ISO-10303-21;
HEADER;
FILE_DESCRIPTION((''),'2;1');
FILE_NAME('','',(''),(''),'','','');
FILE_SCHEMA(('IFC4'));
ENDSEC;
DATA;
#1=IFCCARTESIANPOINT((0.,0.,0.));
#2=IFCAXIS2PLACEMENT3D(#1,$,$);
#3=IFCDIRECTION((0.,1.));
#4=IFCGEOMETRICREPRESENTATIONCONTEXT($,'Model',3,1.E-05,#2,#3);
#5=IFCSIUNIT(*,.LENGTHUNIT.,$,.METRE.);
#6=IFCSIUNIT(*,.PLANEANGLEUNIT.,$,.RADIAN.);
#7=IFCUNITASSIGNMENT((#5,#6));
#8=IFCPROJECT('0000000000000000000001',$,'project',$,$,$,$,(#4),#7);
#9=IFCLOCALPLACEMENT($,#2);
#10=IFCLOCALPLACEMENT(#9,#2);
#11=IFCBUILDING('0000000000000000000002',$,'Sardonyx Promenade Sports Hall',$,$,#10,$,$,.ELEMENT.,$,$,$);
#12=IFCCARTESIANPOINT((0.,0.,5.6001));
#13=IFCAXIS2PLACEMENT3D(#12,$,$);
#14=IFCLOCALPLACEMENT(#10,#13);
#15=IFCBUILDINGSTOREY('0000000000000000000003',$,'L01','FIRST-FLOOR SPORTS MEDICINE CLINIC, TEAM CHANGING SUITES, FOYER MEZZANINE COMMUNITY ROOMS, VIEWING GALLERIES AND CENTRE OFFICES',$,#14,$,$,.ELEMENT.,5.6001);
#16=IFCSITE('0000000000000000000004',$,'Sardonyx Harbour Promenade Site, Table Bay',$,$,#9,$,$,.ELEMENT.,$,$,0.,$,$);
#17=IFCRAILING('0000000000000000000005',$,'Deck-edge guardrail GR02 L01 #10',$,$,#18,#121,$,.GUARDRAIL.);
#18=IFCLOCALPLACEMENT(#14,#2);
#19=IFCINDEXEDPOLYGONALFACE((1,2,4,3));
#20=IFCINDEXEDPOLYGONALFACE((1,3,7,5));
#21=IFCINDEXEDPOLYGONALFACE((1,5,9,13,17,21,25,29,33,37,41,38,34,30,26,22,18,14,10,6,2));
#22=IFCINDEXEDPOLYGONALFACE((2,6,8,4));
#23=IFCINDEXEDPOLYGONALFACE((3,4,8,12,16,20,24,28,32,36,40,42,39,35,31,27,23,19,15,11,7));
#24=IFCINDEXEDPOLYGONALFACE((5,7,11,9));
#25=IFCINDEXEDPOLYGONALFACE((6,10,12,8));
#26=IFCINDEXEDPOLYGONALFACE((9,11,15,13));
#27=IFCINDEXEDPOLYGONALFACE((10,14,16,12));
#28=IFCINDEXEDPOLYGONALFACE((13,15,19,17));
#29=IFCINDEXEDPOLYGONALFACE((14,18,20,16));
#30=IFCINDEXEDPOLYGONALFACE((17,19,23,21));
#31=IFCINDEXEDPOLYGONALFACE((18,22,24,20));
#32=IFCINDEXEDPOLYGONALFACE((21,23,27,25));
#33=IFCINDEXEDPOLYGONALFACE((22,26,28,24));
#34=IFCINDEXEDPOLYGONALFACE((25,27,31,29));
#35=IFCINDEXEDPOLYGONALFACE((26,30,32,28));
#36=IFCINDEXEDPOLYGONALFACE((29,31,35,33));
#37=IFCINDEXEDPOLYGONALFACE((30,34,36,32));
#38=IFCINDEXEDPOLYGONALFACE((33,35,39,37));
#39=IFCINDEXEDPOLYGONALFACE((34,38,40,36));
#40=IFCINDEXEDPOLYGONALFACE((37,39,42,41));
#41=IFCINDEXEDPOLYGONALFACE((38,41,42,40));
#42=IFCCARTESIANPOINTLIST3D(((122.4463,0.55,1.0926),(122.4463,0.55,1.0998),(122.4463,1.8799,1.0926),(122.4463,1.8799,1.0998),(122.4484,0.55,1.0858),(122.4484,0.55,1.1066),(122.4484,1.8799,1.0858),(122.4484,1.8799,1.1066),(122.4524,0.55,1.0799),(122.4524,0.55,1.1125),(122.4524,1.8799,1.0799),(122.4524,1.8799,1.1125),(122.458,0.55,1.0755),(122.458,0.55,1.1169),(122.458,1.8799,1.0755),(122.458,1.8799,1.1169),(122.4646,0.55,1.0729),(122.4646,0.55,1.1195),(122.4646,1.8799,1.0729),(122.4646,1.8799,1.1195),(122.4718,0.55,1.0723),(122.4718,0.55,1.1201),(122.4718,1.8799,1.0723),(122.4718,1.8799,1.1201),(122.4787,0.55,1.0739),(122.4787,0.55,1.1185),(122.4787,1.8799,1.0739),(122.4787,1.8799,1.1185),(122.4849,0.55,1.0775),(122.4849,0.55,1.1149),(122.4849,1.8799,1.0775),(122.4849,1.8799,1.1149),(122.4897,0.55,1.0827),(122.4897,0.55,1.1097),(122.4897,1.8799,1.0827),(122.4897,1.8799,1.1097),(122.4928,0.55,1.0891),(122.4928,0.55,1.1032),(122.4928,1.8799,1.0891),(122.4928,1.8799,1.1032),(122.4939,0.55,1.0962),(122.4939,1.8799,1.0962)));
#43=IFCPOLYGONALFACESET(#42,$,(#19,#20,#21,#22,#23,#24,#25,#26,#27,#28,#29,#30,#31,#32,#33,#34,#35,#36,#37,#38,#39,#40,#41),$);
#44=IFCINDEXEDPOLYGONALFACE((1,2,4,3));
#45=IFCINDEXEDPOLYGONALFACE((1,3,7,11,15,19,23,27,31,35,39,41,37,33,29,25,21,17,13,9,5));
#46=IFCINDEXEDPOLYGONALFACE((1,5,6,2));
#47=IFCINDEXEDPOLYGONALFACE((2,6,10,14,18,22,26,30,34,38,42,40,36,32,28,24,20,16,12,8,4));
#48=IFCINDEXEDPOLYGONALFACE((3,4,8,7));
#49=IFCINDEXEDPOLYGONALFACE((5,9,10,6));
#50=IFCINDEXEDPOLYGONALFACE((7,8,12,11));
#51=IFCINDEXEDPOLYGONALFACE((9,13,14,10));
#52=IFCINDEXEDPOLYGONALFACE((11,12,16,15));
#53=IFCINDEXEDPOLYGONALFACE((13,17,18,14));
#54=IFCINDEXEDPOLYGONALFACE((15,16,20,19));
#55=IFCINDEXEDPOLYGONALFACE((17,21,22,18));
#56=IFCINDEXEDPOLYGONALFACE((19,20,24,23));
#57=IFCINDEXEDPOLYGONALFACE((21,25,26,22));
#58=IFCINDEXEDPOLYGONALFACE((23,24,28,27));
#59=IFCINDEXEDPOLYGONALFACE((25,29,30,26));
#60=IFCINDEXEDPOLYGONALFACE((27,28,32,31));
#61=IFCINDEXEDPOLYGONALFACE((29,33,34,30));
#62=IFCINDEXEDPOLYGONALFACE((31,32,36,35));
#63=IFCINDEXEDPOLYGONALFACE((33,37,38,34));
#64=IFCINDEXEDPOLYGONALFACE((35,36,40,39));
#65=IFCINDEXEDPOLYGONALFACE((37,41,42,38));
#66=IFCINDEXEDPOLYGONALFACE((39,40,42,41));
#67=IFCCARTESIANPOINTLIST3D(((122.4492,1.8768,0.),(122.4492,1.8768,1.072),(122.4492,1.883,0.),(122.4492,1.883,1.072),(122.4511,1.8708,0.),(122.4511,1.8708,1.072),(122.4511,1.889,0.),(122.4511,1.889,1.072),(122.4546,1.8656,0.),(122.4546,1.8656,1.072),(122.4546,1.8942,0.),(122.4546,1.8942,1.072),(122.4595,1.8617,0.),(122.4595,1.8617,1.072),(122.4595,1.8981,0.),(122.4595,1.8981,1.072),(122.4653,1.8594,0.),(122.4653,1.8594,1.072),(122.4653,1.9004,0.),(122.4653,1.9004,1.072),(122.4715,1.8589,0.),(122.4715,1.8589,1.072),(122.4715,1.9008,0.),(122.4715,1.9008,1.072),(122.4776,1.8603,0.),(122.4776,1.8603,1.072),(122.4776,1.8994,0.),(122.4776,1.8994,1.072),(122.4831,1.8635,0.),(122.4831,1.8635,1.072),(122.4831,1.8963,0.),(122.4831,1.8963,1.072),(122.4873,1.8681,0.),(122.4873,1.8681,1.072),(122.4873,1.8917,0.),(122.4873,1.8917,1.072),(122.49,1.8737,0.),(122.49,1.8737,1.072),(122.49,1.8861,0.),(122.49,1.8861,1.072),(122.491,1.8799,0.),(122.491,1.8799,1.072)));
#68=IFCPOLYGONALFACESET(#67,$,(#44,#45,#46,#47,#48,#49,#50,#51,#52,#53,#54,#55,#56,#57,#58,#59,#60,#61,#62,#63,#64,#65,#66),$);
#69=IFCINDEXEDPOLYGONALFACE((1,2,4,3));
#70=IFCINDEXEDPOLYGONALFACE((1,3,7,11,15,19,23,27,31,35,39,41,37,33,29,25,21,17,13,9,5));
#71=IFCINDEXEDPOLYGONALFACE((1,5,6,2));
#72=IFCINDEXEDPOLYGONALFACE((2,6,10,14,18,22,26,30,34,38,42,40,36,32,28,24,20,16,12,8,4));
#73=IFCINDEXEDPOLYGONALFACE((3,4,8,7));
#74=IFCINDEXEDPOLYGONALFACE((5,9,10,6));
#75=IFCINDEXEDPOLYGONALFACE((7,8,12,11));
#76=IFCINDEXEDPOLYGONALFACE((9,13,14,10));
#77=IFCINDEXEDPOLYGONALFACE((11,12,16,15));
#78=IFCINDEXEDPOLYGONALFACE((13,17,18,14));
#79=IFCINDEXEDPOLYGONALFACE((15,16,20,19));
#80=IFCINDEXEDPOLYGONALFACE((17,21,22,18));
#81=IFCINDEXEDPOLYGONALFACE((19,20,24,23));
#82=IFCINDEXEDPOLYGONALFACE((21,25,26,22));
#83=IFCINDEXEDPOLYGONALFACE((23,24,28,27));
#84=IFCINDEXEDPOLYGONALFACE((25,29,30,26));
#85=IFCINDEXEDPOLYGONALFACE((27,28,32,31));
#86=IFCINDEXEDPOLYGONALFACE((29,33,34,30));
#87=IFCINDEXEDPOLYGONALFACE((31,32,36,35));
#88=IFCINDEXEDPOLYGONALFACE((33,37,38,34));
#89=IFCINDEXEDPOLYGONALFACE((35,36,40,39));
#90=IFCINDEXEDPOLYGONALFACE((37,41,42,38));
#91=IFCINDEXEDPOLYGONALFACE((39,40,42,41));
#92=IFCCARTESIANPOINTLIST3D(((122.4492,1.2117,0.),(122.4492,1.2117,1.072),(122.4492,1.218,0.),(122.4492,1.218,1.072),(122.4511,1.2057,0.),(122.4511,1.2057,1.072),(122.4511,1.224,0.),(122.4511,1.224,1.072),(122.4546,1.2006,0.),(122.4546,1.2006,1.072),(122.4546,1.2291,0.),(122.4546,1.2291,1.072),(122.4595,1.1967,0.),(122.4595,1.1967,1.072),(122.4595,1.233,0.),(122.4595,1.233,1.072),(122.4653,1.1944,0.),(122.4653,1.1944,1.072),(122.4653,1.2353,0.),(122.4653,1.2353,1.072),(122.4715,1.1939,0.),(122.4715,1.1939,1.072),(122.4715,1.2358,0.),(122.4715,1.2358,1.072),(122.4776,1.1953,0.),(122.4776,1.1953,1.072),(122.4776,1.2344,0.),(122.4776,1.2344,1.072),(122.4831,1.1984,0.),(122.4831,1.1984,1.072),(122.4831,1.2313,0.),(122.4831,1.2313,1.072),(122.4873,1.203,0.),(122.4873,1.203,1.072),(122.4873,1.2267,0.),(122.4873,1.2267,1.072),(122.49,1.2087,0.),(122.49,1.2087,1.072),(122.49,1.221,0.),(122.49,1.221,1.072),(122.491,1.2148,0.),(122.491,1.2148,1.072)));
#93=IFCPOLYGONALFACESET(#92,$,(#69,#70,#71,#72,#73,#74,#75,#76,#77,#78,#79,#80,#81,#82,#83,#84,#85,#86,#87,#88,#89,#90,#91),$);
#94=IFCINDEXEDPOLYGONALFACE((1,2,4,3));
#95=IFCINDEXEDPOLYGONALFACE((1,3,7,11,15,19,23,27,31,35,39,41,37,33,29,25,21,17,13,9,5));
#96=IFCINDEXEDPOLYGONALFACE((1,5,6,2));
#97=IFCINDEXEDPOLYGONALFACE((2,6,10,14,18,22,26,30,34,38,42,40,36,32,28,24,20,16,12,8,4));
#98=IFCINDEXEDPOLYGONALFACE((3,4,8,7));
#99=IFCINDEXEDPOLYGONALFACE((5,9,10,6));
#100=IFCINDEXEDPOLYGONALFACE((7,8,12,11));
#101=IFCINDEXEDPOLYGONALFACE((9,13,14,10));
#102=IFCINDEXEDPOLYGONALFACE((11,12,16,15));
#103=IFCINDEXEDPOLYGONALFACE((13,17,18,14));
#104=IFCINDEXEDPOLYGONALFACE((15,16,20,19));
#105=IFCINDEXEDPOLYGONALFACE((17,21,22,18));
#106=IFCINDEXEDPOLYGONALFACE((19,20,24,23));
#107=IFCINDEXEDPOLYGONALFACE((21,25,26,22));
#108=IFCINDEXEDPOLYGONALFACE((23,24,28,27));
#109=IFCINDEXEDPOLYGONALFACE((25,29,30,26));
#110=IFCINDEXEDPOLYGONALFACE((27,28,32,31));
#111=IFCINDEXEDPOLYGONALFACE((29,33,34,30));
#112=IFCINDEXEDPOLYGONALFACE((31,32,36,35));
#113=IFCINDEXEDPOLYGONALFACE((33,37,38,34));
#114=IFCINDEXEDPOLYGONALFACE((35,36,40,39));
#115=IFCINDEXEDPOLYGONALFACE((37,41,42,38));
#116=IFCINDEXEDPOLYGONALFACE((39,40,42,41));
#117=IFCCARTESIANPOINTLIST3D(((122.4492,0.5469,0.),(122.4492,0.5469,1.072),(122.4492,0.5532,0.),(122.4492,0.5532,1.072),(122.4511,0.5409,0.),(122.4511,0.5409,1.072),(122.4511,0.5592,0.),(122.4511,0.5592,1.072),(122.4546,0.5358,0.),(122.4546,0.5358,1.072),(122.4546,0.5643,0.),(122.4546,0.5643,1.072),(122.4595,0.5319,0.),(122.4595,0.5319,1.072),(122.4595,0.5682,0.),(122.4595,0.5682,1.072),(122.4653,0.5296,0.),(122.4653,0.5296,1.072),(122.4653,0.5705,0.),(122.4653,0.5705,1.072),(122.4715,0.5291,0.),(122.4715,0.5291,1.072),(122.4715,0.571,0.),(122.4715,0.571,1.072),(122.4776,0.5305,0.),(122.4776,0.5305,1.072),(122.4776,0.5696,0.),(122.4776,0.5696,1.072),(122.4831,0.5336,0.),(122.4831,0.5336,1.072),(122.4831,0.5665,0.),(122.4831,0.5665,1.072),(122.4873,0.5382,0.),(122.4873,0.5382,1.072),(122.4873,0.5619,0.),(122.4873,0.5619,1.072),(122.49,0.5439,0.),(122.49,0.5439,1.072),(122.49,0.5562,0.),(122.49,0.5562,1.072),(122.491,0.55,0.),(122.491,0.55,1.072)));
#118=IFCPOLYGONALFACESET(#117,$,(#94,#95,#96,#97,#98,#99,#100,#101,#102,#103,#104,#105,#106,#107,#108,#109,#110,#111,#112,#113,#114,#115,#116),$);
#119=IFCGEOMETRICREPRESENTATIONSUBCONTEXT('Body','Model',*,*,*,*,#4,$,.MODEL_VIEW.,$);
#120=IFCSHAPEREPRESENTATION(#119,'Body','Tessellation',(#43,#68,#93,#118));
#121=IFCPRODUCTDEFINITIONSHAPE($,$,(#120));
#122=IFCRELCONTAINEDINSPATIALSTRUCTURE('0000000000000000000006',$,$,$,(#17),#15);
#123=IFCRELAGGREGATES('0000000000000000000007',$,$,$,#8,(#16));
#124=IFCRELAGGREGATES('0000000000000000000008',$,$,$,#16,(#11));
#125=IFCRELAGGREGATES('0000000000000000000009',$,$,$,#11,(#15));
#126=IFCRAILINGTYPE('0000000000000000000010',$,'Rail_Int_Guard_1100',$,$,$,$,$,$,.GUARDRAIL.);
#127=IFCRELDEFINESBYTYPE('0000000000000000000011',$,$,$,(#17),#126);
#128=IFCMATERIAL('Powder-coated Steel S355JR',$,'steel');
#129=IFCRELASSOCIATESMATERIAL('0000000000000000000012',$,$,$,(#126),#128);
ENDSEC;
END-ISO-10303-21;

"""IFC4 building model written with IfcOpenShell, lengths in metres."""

from ifc_helpers import new_model, si_unit, direction, frame, origin, origin_2d, place, context, subcontext, project, spatial, circle, extrude, material, type_object, element, save


model = new_model("IFC4")

# Units and contexts
model_context = context("Model", 3, precision=1e-05, world=origin(), true_north=direction((0.0, 1.0)))
body_context = subcontext(model_context, "Body", "Model", "MODEL_VIEW")
ifc_project = project(units=[si_unit("LENGTHUNIT", "METRE"), si_unit("PLANEANGLEUNIT", "RADIAN")], contexts=[model_context])

# Site, building, storey
site_placement = place(None, origin())
site = spatial("IfcSite", under=ifc_project, at=site_placement, Name="Sardonyx Harbour Promenade Site, Table Bay", CompositionType="ELEMENT", RefElevation=0.0)
building_placement = place(site_placement, origin())
building = spatial("IfcBuilding", under=site, at=building_placement, Name="Sardonyx Promenade Sports Hall", CompositionType="ELEMENT")
storey_placement = place(building_placement, frame((0.0, 0.0, 5.6001)))
storey = spatial("IfcBuildingStorey", under=building, at=storey_placement, Name="L01", Description="FIRST-FLOOR SPORTS MEDICINE CLINIC, TEAM CHANGING SUITES, FOYER MEZZANINE COMMUNITY ROOMS, VIEWING GALLERIES AND CENTRE OFFICES", CompositionType="ELEMENT", Elevation=5.6001)

# Railing
ifc_material_1 = material(Name="Powder-coated Steel S355JR", Category="steel")
railing_type = type_object("IfcRailingType", Name="Rail_Int_Guard_1100", PredefinedType="GUARDRAIL", material=ifc_material_1)
railing_1_placement = place(storey_placement, frame((122.47, 1.8799, 0.0)))
element("IfcRailing", 1, at=railing_1_placement, inside=storey, type_object=railing_type, Name="Deck-edge guardrail GR02 L01 #10", PredefinedType="GUARDRAIL", context=body_context, shape_type="SweptSolid", body=[
    extrude(circle(Radius=0.0239, at=origin_2d()), frame((0.0, 0.0, 1.0962), z_axis=(0.0, -1.0, 0.0), x_axis=(1.0, 0.0, 0.0)), (0.0, 0.0, 1.0), 1.3298),
    extrude(circle(Radius=0.021, at=origin_2d()), origin(), (0.0, 0.0, 1.0), 1.072),
    extrude(circle(Radius=0.021, at=origin_2d()), frame((0.0, -0.665, 0.0)), (0.0, 0.0, 1.0), 1.072),
    extrude(circle(Radius=0.021, at=origin_2d()), frame((0.0, -1.3298, 0.0)), (0.0, 0.0, 1.0), 1.072),
])

save(model, "model.ifc")
